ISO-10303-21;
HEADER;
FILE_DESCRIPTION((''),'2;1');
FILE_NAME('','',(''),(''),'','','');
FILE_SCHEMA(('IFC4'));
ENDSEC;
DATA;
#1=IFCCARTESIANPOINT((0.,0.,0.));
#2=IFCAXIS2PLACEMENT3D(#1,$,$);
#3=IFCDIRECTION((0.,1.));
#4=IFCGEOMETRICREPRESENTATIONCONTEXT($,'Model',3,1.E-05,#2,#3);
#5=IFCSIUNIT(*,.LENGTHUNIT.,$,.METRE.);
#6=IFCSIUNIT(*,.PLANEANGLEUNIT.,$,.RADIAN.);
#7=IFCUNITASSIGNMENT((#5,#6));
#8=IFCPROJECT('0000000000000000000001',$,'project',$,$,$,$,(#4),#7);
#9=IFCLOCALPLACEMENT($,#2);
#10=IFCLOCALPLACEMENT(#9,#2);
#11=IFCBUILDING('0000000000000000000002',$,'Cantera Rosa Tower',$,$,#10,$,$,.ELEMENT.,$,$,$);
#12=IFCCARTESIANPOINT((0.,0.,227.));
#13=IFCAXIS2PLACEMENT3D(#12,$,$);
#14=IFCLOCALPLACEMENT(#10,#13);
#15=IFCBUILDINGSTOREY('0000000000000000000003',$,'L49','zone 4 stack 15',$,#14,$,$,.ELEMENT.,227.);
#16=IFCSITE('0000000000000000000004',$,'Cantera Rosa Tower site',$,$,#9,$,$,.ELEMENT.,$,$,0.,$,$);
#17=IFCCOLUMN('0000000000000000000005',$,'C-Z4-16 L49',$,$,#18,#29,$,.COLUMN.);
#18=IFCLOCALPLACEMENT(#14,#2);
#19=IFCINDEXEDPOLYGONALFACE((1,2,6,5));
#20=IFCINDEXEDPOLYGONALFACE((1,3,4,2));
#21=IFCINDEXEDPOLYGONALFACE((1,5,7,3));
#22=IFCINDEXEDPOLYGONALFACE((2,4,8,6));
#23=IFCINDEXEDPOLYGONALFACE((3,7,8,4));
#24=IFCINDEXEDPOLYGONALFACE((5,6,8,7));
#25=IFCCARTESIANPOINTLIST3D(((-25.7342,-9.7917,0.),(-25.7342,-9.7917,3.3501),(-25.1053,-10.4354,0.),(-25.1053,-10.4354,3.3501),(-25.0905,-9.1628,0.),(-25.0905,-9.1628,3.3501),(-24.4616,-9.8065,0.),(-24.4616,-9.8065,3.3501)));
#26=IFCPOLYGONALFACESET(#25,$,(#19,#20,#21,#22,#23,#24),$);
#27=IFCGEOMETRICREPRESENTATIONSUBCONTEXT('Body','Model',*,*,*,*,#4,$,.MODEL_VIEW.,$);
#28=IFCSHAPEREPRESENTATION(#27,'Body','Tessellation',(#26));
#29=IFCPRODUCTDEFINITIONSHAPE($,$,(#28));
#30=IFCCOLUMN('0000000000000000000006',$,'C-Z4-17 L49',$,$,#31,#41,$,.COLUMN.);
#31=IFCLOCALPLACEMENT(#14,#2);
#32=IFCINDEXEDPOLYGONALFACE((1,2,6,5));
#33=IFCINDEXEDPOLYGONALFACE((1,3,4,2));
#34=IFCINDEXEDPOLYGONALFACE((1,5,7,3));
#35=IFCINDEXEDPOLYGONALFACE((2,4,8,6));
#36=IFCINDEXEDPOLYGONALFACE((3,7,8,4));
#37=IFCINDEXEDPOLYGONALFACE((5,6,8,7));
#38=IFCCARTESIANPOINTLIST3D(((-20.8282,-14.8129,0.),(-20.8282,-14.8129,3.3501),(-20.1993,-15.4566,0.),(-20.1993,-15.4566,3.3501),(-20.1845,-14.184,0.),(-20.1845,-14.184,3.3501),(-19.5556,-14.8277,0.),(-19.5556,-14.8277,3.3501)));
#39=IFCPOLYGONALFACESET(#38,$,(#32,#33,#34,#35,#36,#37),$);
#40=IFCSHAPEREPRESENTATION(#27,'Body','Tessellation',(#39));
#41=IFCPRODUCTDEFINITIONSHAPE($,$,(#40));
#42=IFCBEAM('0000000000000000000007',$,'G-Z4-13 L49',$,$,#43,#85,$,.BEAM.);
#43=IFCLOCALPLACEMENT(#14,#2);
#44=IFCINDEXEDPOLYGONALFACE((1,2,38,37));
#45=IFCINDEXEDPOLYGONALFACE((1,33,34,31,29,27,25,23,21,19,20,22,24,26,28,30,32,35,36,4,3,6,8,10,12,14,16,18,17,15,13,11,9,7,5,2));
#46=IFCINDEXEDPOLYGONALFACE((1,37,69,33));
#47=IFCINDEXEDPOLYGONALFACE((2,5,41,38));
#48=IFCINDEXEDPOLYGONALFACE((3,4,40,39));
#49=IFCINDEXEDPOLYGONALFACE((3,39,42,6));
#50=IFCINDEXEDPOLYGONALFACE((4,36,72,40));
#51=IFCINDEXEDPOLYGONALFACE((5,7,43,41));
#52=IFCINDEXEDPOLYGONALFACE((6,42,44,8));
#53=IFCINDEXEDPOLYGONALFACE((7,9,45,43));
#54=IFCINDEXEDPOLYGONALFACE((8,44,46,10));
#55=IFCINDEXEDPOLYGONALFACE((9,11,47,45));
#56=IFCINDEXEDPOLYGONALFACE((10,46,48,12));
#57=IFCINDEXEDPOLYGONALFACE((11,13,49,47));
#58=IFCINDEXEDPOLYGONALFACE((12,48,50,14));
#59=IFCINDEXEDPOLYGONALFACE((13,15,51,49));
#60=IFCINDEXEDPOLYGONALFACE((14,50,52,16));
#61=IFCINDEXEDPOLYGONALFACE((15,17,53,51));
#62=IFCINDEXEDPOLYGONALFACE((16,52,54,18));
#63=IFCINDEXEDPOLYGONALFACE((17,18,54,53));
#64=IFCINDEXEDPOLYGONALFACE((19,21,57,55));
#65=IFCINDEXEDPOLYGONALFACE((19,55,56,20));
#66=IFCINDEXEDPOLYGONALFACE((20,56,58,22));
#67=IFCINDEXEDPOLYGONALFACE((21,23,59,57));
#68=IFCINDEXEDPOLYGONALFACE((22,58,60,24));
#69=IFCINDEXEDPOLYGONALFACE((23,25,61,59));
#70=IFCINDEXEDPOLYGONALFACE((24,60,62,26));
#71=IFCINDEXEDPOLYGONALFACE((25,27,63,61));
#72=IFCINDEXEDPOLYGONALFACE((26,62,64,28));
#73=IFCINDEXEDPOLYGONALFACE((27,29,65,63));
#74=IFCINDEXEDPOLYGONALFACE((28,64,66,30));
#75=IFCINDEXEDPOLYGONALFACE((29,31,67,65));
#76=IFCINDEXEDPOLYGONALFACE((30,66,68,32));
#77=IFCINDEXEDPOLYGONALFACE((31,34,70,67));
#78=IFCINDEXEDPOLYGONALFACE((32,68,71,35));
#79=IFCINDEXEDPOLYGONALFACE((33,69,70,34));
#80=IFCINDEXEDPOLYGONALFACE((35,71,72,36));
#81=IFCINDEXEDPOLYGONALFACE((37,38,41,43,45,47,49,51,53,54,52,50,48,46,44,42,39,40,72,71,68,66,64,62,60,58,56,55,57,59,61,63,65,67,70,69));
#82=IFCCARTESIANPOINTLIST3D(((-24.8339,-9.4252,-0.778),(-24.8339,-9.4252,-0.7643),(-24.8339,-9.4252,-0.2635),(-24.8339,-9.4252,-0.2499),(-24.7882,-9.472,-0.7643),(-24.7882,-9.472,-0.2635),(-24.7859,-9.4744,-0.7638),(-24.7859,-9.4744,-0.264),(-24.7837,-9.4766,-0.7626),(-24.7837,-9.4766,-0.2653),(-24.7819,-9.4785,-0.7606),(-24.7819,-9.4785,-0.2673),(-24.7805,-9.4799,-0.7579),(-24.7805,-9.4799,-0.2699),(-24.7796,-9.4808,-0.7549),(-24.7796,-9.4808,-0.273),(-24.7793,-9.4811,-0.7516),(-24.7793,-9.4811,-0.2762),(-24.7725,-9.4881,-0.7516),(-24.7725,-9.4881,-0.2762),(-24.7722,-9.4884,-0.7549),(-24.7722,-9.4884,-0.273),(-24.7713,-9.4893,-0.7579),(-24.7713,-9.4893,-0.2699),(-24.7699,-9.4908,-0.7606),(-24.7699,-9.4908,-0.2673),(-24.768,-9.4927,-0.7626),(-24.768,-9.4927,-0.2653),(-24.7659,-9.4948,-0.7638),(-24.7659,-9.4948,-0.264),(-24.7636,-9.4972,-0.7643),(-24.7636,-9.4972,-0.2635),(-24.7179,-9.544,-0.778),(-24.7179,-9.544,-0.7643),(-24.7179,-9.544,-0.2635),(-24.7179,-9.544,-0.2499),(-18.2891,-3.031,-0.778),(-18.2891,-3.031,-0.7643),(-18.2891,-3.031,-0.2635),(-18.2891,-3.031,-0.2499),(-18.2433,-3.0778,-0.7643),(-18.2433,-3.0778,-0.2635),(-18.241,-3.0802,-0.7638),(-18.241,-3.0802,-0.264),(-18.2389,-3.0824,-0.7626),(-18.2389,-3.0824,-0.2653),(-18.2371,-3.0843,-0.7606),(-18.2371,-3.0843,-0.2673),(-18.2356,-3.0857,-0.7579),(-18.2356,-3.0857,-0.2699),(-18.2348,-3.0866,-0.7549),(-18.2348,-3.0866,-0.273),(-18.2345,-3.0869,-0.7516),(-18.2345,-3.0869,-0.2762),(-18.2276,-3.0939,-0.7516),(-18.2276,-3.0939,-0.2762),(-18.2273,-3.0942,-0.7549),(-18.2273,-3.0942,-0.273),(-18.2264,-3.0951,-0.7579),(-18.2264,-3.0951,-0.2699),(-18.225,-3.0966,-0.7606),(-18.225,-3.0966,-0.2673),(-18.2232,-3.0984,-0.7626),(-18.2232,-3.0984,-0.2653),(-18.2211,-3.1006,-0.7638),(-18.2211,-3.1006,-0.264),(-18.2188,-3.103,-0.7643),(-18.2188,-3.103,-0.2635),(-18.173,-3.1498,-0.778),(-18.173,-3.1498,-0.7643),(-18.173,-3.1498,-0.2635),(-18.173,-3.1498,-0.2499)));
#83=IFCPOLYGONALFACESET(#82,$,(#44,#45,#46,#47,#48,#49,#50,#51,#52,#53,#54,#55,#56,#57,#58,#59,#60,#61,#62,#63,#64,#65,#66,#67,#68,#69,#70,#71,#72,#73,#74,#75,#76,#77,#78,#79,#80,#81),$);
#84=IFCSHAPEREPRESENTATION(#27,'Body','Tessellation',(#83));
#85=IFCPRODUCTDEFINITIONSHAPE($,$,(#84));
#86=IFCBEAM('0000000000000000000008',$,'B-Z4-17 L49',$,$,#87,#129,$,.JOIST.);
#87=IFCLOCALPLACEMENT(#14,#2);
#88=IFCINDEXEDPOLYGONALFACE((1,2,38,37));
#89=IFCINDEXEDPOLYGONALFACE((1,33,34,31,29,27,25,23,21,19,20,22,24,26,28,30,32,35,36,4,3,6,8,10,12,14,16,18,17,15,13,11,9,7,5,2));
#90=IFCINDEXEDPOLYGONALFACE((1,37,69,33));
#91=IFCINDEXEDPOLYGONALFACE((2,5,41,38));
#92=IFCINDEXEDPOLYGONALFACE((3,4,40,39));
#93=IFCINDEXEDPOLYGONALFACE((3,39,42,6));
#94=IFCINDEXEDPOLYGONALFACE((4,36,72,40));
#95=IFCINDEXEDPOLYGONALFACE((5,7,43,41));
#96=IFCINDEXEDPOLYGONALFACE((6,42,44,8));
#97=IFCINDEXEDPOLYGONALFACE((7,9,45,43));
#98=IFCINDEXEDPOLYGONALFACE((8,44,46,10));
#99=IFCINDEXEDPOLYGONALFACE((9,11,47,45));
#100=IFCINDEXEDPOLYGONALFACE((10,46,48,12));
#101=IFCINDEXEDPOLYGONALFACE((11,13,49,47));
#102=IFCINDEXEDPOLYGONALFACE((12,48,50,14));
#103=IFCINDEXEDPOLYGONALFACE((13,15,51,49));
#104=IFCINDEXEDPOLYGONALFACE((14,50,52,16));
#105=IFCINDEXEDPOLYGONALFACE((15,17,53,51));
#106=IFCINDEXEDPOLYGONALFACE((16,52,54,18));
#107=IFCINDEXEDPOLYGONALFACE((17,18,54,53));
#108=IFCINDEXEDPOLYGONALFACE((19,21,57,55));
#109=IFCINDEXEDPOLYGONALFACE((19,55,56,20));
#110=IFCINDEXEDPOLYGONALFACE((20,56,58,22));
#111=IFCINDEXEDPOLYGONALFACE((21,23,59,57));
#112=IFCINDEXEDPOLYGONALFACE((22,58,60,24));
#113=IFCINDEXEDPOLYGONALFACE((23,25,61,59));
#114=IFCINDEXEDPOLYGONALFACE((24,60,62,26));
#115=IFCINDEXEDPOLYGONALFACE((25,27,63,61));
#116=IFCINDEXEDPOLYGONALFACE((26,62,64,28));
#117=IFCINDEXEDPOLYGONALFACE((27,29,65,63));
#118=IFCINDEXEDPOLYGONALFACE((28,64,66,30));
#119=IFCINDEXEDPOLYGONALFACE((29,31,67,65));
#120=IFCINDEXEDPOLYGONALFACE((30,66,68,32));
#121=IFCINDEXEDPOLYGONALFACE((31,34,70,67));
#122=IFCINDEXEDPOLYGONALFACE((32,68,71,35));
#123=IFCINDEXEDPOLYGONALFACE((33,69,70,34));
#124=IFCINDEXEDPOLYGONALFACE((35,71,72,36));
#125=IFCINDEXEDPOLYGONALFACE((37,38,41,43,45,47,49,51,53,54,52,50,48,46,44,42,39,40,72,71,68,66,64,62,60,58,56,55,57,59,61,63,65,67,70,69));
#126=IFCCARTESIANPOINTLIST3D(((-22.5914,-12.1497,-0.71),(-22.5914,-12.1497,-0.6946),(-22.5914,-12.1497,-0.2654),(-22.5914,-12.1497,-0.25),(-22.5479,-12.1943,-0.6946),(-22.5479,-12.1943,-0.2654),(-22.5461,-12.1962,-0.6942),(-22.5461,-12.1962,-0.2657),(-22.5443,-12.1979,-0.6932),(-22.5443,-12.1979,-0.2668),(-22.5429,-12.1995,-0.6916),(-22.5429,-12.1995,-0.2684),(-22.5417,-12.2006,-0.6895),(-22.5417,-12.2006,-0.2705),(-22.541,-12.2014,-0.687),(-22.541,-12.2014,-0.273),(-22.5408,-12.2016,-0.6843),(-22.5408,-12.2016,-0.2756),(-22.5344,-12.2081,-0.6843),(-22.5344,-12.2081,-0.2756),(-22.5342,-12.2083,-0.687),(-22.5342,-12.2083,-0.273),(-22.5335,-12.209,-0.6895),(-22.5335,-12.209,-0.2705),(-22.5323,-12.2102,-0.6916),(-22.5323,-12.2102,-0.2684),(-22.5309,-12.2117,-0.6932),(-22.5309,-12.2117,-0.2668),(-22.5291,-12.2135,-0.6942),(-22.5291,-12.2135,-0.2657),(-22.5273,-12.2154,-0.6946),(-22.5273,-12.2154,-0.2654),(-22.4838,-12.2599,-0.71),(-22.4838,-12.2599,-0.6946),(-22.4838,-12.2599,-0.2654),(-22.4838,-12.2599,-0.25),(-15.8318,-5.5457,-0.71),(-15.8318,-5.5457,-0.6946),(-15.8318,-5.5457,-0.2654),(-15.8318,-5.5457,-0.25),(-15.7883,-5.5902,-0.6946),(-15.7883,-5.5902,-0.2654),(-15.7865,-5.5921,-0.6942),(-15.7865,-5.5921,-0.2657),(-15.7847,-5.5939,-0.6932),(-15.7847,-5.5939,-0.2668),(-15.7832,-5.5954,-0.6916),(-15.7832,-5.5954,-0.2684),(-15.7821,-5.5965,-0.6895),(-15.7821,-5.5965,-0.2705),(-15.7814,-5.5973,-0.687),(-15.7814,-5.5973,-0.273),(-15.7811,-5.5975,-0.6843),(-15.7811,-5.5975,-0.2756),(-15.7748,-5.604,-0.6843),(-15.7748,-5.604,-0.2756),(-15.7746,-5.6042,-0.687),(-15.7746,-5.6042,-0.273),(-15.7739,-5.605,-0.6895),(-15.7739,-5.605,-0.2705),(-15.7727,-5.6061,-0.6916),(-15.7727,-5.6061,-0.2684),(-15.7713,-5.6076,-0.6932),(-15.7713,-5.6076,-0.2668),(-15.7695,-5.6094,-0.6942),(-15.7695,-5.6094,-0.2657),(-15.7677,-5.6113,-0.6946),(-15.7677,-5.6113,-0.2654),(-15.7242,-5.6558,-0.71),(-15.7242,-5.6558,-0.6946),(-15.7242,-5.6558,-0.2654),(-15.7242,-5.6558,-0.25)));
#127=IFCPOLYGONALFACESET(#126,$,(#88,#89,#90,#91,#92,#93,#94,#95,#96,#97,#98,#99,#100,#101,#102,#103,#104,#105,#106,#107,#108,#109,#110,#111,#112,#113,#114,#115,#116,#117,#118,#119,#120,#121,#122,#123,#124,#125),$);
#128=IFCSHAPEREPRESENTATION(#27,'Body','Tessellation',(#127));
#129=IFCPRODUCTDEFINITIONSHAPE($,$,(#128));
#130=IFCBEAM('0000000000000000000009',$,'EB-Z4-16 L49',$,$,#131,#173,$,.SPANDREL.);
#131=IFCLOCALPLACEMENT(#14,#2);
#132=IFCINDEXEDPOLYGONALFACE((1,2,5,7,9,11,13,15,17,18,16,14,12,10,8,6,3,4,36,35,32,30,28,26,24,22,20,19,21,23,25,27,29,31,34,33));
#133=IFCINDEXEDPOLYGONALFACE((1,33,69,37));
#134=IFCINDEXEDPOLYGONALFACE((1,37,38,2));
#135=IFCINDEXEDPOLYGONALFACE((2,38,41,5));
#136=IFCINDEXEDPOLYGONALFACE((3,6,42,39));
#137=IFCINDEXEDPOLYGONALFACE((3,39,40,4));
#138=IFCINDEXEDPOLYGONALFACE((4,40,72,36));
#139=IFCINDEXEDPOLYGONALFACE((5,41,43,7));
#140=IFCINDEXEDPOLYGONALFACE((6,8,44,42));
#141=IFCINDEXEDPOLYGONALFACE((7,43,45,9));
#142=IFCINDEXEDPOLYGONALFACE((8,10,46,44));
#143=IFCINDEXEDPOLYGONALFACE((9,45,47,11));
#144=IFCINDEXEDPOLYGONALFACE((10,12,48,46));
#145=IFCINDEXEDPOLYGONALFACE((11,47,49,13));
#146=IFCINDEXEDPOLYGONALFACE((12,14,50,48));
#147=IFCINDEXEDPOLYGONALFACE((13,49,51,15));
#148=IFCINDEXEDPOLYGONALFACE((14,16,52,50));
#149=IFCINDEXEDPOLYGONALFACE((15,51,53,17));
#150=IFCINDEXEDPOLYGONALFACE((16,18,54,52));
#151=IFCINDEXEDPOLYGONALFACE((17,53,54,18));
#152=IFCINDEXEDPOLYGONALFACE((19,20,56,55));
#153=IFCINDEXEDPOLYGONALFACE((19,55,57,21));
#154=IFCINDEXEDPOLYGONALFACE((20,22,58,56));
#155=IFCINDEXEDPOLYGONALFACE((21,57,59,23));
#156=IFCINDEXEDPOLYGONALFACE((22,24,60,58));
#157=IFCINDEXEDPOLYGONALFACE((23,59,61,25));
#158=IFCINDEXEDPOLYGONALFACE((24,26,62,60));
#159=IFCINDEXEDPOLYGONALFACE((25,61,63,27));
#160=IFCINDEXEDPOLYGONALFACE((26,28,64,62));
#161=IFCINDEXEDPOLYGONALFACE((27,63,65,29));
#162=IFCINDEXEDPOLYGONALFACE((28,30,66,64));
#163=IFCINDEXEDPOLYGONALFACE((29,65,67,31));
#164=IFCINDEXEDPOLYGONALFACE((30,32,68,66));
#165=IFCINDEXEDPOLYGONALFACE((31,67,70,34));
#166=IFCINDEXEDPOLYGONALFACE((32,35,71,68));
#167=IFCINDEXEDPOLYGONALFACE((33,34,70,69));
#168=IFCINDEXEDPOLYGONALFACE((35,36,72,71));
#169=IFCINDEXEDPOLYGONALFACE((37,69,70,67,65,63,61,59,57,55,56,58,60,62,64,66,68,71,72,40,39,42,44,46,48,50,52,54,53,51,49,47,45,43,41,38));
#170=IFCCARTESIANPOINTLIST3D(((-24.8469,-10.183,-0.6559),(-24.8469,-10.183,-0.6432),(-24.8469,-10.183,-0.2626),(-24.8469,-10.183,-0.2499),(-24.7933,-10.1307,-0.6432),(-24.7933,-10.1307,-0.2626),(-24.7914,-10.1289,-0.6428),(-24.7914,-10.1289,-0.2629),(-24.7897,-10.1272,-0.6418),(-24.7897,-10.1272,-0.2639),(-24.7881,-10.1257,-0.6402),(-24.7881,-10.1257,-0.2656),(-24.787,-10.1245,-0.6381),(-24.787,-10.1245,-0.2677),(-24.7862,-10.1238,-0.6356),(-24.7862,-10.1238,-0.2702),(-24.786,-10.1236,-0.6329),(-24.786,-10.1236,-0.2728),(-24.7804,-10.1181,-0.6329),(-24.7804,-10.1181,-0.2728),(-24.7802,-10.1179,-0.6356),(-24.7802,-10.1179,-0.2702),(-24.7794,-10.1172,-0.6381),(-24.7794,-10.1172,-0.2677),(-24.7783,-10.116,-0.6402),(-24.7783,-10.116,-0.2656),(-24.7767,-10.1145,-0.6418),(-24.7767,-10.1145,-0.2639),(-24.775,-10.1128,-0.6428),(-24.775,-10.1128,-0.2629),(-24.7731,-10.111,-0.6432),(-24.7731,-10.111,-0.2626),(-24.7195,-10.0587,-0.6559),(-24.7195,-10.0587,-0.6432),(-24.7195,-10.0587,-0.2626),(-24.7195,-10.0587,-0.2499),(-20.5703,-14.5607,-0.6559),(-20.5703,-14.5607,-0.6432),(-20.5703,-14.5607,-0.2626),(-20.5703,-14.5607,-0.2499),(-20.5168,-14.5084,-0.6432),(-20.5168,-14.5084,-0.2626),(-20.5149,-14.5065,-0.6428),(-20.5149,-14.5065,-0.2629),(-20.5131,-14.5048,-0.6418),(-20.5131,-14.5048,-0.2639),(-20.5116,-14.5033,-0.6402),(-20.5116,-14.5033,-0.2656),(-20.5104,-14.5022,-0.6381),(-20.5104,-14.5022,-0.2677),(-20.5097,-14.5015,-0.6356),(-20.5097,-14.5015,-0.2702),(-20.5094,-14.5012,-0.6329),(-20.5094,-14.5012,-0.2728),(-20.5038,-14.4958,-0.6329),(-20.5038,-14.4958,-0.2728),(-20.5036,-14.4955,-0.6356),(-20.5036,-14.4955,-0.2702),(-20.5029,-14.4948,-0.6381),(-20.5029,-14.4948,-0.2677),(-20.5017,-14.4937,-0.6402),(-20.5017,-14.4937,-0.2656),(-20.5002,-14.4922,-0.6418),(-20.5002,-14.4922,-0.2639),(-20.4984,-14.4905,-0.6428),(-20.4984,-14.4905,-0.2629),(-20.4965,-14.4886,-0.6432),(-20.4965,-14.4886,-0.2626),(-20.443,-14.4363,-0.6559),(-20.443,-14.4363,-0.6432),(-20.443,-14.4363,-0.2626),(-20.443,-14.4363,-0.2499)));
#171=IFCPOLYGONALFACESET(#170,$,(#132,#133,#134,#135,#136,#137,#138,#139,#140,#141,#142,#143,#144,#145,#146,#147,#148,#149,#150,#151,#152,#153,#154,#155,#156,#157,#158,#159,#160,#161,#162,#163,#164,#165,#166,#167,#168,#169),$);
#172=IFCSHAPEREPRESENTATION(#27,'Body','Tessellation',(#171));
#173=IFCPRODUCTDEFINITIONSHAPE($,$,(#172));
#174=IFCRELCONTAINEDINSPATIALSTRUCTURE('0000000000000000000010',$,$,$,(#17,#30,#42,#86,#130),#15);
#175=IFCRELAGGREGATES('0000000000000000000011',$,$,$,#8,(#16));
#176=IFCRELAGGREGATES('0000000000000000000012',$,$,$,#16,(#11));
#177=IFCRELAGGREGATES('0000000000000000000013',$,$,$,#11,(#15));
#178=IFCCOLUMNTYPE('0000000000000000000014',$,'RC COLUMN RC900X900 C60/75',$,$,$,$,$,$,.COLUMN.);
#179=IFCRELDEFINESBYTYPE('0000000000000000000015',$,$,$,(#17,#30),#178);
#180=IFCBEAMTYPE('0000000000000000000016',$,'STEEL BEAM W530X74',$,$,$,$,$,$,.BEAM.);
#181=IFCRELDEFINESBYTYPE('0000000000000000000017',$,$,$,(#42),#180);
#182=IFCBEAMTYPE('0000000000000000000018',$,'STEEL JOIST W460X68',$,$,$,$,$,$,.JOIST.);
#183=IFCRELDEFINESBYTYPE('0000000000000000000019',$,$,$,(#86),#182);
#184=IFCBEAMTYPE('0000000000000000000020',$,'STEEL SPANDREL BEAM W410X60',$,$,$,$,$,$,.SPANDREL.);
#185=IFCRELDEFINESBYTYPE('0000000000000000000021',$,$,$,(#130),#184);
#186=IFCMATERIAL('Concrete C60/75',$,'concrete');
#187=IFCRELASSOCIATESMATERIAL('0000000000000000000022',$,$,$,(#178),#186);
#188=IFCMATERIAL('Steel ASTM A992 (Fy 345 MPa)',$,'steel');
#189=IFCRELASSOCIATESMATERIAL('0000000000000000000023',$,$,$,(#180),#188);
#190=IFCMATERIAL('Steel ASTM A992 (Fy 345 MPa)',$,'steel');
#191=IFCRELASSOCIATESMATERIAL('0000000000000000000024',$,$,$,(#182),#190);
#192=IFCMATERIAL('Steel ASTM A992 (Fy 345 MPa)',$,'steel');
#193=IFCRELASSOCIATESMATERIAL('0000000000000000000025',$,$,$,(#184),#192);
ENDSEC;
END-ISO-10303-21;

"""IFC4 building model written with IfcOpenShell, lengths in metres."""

from ifc_helpers import new_model, si_unit, direction, frame, origin, origin_2d, place, context, subcontext, project, spatial, rectangle, i_section, extrude, material, material_profile, profile_set, type_object, element, save


model = new_model("IFC4")

# Units and contexts
model_context = context("Model", 3, precision=1e-05, world=origin(), true_north=direction((0.0, 1.0)))
body_context = subcontext(model_context, "Body", "Model", "MODEL_VIEW")
ifc_project = project(units=[si_unit("LENGTHUNIT", "METRE"), si_unit("PLANEANGLEUNIT", "RADIAN")], contexts=[model_context])

# Site, building, storey
site_placement = place(None, origin())
site = spatial("IfcSite", under=ifc_project, at=site_placement, Name="Cantera Rosa Tower site", CompositionType="ELEMENT", RefElevation=0.0)
building_placement = place(site_placement, origin())
building = spatial("IfcBuilding", under=site, at=building_placement, Name="Cantera Rosa Tower", CompositionType="ELEMENT")
storey_placement = place(building_placement, frame((0.0, 0.0, 227.0)))
storey = spatial("IfcBuildingStorey", under=building, at=storey_placement, Name="L49", Description="zone 4 stack 15", CompositionType="ELEMENT", Elevation=227.0)

# Columns
ifc_material_1 = material(Name="Concrete C60/75", Category="concrete")
ifc_material_profile_1 = material_profile(ifc_material_1, rectangle(XDim=0.8999, YDim=0.8999, at=origin_2d()), Name="RC COLUMN RC900X900 C60/75")
ifc_profile_set_1 = profile_set([ifc_material_profile_1], Name="Concrete C60/75")
column_type = type_object("IfcColumnType", Name="RC COLUMN RC900X900 C60/75", PredefinedType="COLUMN", material=ifc_profile_set_1)
for number, where, z_axis, x_axis, name in (
    (1, (-25.0979, -9.7991, 0.0), (0.0, 0.0, 1.0), (0.715286, 0.698832, 0.0), "C-Z4-16 L49"),
    (2, (-20.1919, -14.8203, 0.0), (0.0, 0.0, 1.0), (0.715286, 0.698832, 0.0), "C-Z4-17 L49"),
):
    element("IfcColumn", number, at=place(storey_placement, frame(where, z_axis=z_axis, x_axis=x_axis)), inside=storey, type_object=column_type, Name=name, PredefinedType="COLUMN", context=body_context, shape_type="SweptSolid", body=[
        extrude(rectangle(XDim=0.8999, YDim=0.8999, at=origin_2d()), origin(), (0.0, 0.0, 1.0), 3.3501),
    ])

# Beams
ifc_material_2 = material(Name="Steel ASTM A992 (Fy 345 MPa)", Category="steel")
ifc_material_profile_2 = material_profile(ifc_material_2, i_section(OverallWidth=0.166, OverallDepth=0.5281, WebThickness=0.0098, FlangeThickness=0.0137, FilletRadius=0.0127, at=origin_2d()), Name="W530X74")
ifc_profile_set_2 = profile_set([ifc_material_profile_2], Name="Steel ASTM A992 (Fy 345 MPa)")
beam_type_1 = type_object("IfcBeamType", Name="STEEL BEAM W530X74", PredefinedType="BEAM", material=ifc_profile_set_2)
beam_1_placement = place(storey_placement, frame((-24.7759, -9.4846, -0.5139), z_axis=(0.71529, 0.698827, 0.0), x_axis=(-0.698827, 0.71529, 0.0)))
element("IfcBeam", 3, at=beam_1_placement, inside=storey, type_object=beam_type_1, Name="G-Z4-13 L49", PredefinedType="BEAM", context=body_context, shape_type="SweptSolid", body=[
    extrude(i_section(OverallWidth=0.166, OverallDepth=0.5281, WebThickness=0.0098, FlangeThickness=0.0137, FilletRadius=0.0127, at=origin_2d()), origin(), (0.0, 0.0, 1.0), 9.1499),
])
ifc_material_3 = material(Name="Steel ASTM A992 (Fy 345 MPa)", Category="steel")
ifc_material_profile_3 = material_profile(ifc_material_3, i_section(OverallWidth=0.1541, OverallDepth=0.46, WebThickness=0.009, FlangeThickness=0.0154, FilletRadius=0.0103, at=origin_2d()), Name="W460X68")
ifc_profile_set_3 = profile_set([ifc_material_profile_3], Name="Steel ASTM A992 (Fy 345 MPa)")
beam_type_2 = type_object("IfcBeamType", Name="STEEL JOIST W460X68", PredefinedType="JOIST", material=ifc_profile_set_3)
beam_2_placement = place(storey_placement, frame((-22.5376, -12.2048, -0.48), z_axis=(0.715287, 0.698831, 0.0), x_axis=(-0.698831, 0.715287, 0.0)))
element("IfcBeam", 4, at=beam_2_placement, inside=storey, type_object=beam_type_2, Name="B-Z4-17 L49", PredefinedType="JOIST", context=body_context, shape_type="SweptSolid", body=[
    extrude(i_section(OverallWidth=0.1541, OverallDepth=0.46, WebThickness=0.009, FlangeThickness=0.0154, FilletRadius=0.0103, at=origin_2d()), origin(), (0.0, 0.0, 1.0), 9.4502),
])
ifc_material_4 = material(Name="Steel ASTM A992 (Fy 345 MPa)", Category="steel")
ifc_material_profile_4 = material_profile(ifc_material_4, i_section(OverallWidth=0.178, OverallDepth=0.406, WebThickness=0.0078, FlangeThickness=0.0127, FilletRadius=0.0103, at=origin_2d()), Name="W410X60")
ifc_profile_set_4 = profile_set([ifc_material_profile_4], Name="Steel ASTM A992 (Fy 345 MPa)")
beam_type_3 = type_object("IfcBeamType", Name="STEEL SPANDREL BEAM W410X60", PredefinedType="SPANDREL", material=ifc_profile_set_4)
for number, where, z_axis, x_axis, name in (
    (5, (-24.7832, -10.1208, -0.4529), (0.698801, -0.715316, 0.0), (0.715316, 0.698801, 0.0), "EB-Z4-16 L49"),
):
    element("IfcBeam", number, at=place(storey_placement, frame(where, z_axis=z_axis, x_axis=x_axis)), inside=storey, type_object=beam_type_3, Name=name, PredefinedType="SPANDREL", context=body_context, shape_type="SweptSolid", body=[
        extrude(i_section(OverallWidth=0.178, OverallDepth=0.406, WebThickness=0.0078, FlangeThickness=0.0127, FilletRadius=0.0103, at=origin_2d()), origin(), (0.0, 0.0, 1.0), 6.1199),
    ])

save(model, "model.ifc")
